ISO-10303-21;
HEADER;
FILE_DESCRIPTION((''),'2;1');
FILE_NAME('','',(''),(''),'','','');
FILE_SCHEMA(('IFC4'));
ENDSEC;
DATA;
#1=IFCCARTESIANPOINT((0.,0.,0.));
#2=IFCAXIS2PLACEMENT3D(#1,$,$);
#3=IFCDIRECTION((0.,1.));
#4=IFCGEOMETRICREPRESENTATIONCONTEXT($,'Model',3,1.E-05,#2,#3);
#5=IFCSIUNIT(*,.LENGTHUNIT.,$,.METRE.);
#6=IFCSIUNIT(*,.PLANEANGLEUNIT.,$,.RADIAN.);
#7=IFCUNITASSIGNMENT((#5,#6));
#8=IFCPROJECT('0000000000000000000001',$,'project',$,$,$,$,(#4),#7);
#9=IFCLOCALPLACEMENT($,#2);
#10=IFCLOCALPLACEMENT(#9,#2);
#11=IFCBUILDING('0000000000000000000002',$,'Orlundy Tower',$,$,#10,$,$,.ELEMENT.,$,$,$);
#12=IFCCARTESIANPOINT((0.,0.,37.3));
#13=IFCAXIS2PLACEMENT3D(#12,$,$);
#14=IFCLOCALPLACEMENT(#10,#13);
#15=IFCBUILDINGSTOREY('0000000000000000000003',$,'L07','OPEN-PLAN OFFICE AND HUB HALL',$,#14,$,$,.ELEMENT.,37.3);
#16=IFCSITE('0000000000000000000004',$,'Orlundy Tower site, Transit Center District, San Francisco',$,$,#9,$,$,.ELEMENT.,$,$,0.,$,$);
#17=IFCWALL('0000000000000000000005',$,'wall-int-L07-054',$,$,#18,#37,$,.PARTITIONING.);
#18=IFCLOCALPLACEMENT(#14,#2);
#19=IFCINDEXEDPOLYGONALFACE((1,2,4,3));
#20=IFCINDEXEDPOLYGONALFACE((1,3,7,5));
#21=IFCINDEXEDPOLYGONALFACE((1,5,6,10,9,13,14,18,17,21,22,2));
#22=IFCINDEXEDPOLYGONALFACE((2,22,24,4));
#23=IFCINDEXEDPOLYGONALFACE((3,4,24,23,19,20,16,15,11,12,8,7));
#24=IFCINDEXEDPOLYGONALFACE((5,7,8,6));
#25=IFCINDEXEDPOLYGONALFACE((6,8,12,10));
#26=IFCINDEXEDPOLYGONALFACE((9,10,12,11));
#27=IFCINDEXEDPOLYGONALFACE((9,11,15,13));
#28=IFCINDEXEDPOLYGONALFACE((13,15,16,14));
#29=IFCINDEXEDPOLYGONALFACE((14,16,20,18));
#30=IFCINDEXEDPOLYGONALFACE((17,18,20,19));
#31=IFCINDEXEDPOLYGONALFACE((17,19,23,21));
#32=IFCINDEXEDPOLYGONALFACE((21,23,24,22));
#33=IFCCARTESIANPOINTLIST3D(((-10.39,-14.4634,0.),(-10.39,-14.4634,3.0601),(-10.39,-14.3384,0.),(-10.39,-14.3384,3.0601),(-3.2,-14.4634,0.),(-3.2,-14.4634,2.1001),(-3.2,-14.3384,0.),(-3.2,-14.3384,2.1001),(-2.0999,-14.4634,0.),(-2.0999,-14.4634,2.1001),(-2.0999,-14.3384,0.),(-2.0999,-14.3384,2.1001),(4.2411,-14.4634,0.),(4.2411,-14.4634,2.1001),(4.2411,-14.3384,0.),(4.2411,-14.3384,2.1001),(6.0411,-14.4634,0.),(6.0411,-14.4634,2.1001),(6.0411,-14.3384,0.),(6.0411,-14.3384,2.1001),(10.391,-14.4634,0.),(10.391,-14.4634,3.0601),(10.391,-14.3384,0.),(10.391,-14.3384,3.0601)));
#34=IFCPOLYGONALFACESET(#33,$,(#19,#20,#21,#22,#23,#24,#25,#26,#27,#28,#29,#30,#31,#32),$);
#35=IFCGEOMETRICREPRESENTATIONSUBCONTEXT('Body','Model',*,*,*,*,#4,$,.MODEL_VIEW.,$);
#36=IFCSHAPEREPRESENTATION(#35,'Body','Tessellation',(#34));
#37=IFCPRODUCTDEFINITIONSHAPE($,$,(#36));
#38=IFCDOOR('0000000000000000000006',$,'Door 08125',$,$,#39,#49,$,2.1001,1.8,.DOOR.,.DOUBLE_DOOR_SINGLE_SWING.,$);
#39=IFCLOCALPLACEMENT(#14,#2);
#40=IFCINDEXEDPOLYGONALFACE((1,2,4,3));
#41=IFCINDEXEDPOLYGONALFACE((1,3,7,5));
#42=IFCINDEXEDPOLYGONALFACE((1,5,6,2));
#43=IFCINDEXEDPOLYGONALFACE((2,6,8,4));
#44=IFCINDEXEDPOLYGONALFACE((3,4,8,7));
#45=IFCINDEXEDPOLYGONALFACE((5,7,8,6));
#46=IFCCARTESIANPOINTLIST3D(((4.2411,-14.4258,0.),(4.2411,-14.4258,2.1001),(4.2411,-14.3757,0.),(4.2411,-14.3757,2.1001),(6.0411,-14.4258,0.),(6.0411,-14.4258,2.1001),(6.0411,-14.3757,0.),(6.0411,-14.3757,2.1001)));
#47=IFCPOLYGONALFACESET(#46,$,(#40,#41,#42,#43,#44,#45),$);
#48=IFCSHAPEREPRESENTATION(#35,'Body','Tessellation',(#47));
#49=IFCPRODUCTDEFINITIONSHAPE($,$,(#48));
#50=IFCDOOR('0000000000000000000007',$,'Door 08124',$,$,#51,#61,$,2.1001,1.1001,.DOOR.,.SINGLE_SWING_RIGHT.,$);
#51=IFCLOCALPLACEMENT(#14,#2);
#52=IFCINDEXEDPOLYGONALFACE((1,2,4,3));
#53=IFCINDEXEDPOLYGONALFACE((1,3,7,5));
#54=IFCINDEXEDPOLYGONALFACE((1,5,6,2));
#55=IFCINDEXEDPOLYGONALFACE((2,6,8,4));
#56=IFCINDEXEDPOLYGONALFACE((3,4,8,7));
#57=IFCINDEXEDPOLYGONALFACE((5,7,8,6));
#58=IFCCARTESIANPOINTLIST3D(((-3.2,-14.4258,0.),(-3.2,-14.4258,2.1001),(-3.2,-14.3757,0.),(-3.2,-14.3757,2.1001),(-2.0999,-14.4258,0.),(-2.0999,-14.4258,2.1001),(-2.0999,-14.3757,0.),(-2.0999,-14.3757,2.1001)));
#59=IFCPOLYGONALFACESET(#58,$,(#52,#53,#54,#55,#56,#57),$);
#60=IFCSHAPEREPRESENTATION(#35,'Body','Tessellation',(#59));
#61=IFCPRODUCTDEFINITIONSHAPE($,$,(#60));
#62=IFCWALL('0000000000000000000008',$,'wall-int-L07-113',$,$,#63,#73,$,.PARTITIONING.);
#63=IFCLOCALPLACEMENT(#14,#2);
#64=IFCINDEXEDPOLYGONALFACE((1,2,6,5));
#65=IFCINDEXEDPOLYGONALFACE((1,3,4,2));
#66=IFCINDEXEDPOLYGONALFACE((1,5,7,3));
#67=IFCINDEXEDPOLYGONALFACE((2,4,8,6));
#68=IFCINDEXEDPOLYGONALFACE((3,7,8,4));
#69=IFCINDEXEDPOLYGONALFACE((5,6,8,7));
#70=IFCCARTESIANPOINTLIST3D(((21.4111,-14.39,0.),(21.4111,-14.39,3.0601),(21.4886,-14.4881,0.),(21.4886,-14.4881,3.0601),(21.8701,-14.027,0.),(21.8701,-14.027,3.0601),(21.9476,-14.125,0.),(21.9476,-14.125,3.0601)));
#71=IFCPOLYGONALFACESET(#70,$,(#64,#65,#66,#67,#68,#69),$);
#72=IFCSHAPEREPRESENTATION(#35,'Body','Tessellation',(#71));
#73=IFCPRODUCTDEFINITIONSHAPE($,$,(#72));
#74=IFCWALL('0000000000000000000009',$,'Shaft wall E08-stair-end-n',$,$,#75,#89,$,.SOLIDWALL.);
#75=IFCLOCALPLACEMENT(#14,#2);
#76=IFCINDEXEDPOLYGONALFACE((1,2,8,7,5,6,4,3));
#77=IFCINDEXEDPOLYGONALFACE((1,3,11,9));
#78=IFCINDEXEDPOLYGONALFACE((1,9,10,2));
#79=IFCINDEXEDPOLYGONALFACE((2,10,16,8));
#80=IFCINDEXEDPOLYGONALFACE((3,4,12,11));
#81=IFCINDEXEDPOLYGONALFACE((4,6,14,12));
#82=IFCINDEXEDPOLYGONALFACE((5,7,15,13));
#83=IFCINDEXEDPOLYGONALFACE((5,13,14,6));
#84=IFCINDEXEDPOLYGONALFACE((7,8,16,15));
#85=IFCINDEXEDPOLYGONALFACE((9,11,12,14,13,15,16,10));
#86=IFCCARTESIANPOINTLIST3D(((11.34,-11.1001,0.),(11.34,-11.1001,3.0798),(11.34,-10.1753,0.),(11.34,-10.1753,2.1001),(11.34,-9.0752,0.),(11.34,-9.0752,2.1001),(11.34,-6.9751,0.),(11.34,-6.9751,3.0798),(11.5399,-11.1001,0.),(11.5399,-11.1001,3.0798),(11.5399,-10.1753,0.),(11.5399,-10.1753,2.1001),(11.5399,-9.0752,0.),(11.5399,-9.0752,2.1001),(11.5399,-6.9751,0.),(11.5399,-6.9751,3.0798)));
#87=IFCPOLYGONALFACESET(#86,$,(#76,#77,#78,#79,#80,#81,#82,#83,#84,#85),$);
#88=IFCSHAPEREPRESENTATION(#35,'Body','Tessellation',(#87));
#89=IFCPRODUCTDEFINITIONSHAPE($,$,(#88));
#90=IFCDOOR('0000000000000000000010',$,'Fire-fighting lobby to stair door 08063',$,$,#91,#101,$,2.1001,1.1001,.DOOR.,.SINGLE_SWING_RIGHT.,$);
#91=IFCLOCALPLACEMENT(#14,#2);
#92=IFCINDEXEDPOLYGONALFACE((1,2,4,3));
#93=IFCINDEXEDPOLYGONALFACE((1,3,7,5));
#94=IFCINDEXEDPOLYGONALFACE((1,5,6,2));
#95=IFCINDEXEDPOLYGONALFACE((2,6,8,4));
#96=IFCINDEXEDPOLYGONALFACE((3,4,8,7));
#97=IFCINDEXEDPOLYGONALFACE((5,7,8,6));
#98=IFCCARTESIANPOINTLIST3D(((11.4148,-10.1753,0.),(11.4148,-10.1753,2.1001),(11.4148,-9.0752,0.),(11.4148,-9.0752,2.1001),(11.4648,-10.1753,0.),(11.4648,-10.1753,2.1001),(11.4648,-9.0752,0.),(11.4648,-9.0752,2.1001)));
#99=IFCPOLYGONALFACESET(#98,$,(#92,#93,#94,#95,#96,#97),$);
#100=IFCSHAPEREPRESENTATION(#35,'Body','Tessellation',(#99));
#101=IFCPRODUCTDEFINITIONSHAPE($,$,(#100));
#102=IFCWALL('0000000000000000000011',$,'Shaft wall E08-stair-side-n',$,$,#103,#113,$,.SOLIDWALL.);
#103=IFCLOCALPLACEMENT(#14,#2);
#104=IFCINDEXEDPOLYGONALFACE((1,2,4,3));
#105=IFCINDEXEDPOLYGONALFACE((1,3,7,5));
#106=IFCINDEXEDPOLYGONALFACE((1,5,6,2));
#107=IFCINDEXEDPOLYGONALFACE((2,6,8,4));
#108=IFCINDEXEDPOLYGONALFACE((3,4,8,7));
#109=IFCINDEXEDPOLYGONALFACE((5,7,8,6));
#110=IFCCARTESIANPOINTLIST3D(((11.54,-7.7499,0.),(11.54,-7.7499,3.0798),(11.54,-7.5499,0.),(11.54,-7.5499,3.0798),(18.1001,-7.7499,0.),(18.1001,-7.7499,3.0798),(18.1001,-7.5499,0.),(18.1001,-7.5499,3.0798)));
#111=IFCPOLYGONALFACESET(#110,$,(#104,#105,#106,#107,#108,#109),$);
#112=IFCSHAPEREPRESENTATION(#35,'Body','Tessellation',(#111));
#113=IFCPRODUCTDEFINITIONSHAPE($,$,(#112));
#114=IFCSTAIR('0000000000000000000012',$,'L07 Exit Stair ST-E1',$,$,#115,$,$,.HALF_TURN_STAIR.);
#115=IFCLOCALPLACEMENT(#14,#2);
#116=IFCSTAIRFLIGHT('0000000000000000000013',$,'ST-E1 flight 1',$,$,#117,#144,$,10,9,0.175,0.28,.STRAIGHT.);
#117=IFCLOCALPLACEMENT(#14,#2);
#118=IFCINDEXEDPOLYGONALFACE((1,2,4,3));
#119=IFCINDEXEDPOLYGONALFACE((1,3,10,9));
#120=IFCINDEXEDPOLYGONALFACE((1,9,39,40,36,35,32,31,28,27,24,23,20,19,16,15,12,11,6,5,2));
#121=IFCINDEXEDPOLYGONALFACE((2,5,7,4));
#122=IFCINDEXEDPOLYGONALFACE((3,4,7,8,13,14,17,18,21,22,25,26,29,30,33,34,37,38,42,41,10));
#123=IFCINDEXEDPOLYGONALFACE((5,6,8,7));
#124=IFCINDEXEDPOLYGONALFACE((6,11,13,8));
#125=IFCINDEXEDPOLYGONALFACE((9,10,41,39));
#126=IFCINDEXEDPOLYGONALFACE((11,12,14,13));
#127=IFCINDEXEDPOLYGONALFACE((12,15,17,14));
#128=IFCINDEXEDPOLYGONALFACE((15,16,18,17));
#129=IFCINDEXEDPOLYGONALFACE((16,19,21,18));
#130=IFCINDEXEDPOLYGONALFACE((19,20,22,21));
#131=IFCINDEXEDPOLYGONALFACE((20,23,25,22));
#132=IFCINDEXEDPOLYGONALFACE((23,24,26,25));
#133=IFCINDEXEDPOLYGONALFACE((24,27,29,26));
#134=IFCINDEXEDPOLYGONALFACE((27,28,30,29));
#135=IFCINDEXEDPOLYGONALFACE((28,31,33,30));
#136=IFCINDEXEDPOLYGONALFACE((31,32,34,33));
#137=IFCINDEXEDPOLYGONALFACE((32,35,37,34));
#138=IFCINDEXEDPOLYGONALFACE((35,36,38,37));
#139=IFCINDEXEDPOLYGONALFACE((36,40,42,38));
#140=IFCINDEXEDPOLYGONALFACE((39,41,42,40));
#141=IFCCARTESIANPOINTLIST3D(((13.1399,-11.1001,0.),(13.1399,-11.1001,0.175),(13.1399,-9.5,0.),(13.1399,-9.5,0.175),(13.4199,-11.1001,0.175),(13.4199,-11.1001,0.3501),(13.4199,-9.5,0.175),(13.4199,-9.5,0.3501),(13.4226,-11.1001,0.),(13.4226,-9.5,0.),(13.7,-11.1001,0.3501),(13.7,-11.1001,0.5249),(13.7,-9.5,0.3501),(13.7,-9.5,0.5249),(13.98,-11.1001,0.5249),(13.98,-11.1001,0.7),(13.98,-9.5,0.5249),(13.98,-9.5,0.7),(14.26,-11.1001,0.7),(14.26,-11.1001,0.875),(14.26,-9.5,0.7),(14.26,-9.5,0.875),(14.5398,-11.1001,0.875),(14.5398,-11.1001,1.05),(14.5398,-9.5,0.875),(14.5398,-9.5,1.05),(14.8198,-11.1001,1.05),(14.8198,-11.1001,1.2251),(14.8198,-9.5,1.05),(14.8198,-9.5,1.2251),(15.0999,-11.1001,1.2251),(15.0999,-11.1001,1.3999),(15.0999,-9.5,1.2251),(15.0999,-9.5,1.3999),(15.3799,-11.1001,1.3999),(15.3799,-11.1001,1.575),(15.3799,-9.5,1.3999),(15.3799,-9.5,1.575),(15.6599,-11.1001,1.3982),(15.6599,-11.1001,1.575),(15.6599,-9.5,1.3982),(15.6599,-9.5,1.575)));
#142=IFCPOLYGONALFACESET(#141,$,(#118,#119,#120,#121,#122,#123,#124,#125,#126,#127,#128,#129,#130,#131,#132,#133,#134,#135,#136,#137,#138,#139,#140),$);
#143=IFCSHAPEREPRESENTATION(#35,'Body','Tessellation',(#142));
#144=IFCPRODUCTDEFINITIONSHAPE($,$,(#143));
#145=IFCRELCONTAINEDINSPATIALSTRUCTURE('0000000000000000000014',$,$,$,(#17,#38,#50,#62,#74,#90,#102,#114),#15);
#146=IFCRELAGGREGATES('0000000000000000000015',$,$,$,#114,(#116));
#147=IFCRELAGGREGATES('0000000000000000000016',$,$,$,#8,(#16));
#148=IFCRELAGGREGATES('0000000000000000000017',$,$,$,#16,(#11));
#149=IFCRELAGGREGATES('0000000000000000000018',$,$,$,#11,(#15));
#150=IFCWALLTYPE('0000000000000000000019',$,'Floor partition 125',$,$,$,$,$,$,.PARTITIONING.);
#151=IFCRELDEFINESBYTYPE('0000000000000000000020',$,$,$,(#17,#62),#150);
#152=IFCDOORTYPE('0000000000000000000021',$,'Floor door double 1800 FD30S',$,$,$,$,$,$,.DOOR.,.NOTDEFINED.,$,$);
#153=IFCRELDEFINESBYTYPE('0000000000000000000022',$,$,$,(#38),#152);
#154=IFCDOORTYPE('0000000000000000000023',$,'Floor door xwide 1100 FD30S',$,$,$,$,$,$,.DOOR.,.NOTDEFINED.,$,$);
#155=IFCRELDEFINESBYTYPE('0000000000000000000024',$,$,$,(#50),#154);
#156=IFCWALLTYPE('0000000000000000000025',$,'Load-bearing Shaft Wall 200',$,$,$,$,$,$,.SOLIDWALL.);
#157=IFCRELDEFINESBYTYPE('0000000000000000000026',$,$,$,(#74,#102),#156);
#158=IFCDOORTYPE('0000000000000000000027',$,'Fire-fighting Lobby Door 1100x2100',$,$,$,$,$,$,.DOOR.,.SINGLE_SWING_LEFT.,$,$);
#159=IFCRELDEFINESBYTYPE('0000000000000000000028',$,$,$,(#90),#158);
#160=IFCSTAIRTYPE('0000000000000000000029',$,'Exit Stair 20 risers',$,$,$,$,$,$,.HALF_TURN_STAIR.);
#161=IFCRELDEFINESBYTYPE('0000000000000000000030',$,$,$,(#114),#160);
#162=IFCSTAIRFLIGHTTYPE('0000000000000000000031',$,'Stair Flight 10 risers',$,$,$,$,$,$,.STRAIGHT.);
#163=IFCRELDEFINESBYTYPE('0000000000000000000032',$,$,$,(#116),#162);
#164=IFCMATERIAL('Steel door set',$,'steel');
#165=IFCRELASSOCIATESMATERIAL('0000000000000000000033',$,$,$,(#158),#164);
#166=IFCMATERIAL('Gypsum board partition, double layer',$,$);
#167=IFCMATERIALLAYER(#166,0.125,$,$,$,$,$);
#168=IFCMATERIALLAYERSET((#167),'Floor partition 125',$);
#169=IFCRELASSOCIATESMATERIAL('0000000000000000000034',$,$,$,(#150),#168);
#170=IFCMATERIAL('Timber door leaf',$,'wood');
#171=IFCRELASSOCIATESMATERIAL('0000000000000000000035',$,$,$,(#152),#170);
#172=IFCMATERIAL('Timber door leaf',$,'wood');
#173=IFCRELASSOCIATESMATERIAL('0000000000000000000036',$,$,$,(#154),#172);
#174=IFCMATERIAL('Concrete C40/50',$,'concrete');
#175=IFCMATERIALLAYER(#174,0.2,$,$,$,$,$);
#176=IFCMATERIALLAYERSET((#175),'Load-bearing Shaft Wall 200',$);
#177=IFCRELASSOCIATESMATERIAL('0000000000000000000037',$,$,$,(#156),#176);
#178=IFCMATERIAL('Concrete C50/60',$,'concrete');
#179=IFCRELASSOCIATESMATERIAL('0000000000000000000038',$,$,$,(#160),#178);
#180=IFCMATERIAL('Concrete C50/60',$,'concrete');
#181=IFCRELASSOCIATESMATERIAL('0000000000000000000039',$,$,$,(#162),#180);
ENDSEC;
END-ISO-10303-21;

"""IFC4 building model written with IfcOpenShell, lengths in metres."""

from ifc_helpers import new_model, si_unit, direction, frame, frame_2d, origin, place, context, subcontext, project, spatial, polyline, rectangle, outline, extrude, material, layer, layer_set, type_object, element, fill, aggregate, save


model = new_model("IFC4")

# Units and contexts
model_context = context("Model", 3, precision=1e-05, world=origin(), true_north=direction((0.0, 1.0)))
body_context = subcontext(model_context, "Body", "Model", "MODEL_VIEW")
ifc_project = project(units=[si_unit("LENGTHUNIT", "METRE"), si_unit("PLANEANGLEUNIT", "RADIAN")], contexts=[model_context])

# Site, building, storey
site_placement = place(None, origin())
site = spatial("IfcSite", under=ifc_project, at=site_placement, Name="Orlundy Tower site, Transit Center District, San Francisco", CompositionType="ELEMENT", RefElevation=0.0)
building_placement = place(site_placement, origin())
building = spatial("IfcBuilding", under=site, at=building_placement, Name="Orlundy Tower", CompositionType="ELEMENT")
storey_placement = place(building_placement, frame((0.0, 0.0, 37.3)))
storey = spatial("IfcBuildingStorey", under=building, at=storey_placement, Name="L07", Description="OPEN-PLAN OFFICE AND HUB HALL", CompositionType="ELEMENT", Elevation=37.3)

# Shared definitions
ifc_material_1 = material(Name="Steel door set", Category="steel")
door_type_1 = type_object("IfcDoorType", Name="Fire-fighting Lobby Door 1100x2100", OperationType="SINGLE_SWING_LEFT", PredefinedType="DOOR", material=ifc_material_1)

# Shared definitions
ifc_material_2 = material(Name="Gypsum board partition, double layer")
ifc_layer_1 = layer(ifc_material_2, 0.125)
ifc_layer_set_1 = layer_set([ifc_layer_1], Name="Floor partition 125")
wall_type_1 = type_object("IfcWallType", Name="Floor partition 125", PredefinedType="PARTITIONING", material=ifc_layer_set_1)

# Wall, openings, doors
wall_1_placement = place(storey_placement, frame((10.3911, -14.4009, 0.0), z_axis=(0.0, 0.0, 1.0), x_axis=(-1.0, 0.0, 0.0)))
wall_1 = element("IfcWall", 1, at=wall_1_placement, inside=storey, type_object=wall_type_1, Name="wall-int-L07-054", PredefinedType="PARTITIONING", context=body_context, shape_type="SweptSolid", body=[
    extrude(rectangle(XDim=20.781, YDim=0.125, at=frame_2d((10.3906, 0.0))), origin(), (0.0, 0.0, 1.0), 3.0601),
])
opening_1_placement = place(wall_1_placement, frame((12.491, 0.0, 0.0)))
opening_1 = element("IfcOpeningElement", 2, at=opening_1_placement, cuts=wall_1, PredefinedType="OPENING", context=body_context, shape_type="SweptSolid", body=[
    extrude(rectangle(XDim=1.1001, YDim=2.1001, at=frame_2d((0.55, 1.05))), frame((0.0, 0.0725, 0.0), z_axis=(0.0, -1.0, 0.0), x_axis=(1.0, 0.0, 0.0)), (0.0, 0.0, 1.0), 0.145),
])
opening_2_placement = place(wall_1_placement, frame((4.3501, 0.0, 0.0)))
opening_2 = element("IfcOpeningElement", 3, at=opening_2_placement, cuts=wall_1, PredefinedType="OPENING", context=body_context, shape_type="SweptSolid", body=[
    extrude(rectangle(XDim=1.8, YDim=2.1001, at=frame_2d((0.8999, 1.05))), frame((0.0, 0.0725, 0.0), z_axis=(0.0, -1.0, 0.0), x_axis=(1.0, 0.0, 0.0)), (0.0, 0.0, 1.0), 0.145),
])
ifc_material_3 = material(Name="Timber door leaf", Category="wood")
door_type_2 = type_object("IfcDoorType", Name="Floor door double 1800 FD30S", OperationType="NOTDEFINED", PredefinedType="DOOR", material=ifc_material_3)
door_1_placement = place(opening_2_placement, origin())
door_1 = element("IfcDoor", 4, at=door_1_placement, inside=storey, type_object=door_type_2, Name="Door 08125", OperationType="DOUBLE_DOOR_SINGLE_SWING", OverallHeight=2.1001, OverallWidth=1.8, PredefinedType="DOOR", context=body_context, shape_type="SweptSolid", body=[
    extrude(rectangle(XDim=1.8, YDim=2.1001, at=frame_2d((0.8999, 1.05))), frame((0.0, 0.0249, 0.0), z_axis=(0.0, -1.0, 0.0), x_axis=(1.0, 0.0, 0.0)), (0.0, 0.0, 1.0), 0.05),
])
fill(opening_2, door_1)
ifc_material_4 = material(Name="Timber door leaf", Category="wood")
door_type_3 = type_object("IfcDoorType", Name="Floor door xwide 1100 FD30S", OperationType="NOTDEFINED", PredefinedType="DOOR", material=ifc_material_4)
door_2_placement = place(opening_1_placement, origin())
door_2 = element("IfcDoor", 5, at=door_2_placement, inside=storey, type_object=door_type_3, Name="Door 08124", OperationType="SINGLE_SWING_RIGHT", OverallHeight=2.1001, OverallWidth=1.1001, PredefinedType="DOOR", context=body_context, shape_type="SweptSolid", body=[
    extrude(rectangle(XDim=1.1001, YDim=2.1001, at=frame_2d((0.55, 1.05))), frame((0.0, 0.0249, 0.0), z_axis=(0.0, -1.0, 0.0), x_axis=(1.0, 0.0, 0.0)), (0.0, 0.0, 1.0), 0.05),
])
fill(opening_1, door_2)

# Wall
wall_2_placement = place(storey_placement, frame((21.45, -14.439, 0.0), z_axis=(0.0, 0.0, 1.0), x_axis=(0.784316, 0.620361, 0.0)))
element("IfcWall", 6, at=wall_2_placement, inside=storey, type_object=wall_type_1, Name="wall-int-L07-113", PredefinedType="PARTITIONING", context=body_context, shape_type="SweptSolid", body=[
    extrude(rectangle(XDim=0.5852, YDim=0.125, at=frame_2d((0.2925, 0.0))), origin(), (0.0, 0.0, 1.0), 3.0601),
])

# Wall, opening, door
ifc_material_5 = material(Name="Concrete C40/50", Category="concrete")
ifc_layer_2 = layer(ifc_material_5, 0.2)
ifc_layer_set_2 = layer_set([ifc_layer_2], Name="Load-bearing Shaft Wall 200")
wall_type_2 = type_object("IfcWallType", Name="Load-bearing Shaft Wall 200", PredefinedType="SOLIDWALL", material=ifc_layer_set_2)
wall_3_placement = place(storey_placement, frame((11.4399, -6.9751, 0.0), z_axis=(0.0, 0.0, 1.0), x_axis=(0.0, -1.0, 0.0)))
wall_3 = element("IfcWall", 7, at=wall_3_placement, inside=storey, type_object=wall_type_2, Name="Shaft wall E08-stair-end-n", PredefinedType="SOLIDWALL", context=body_context, shape_type="SweptSolid", body=[
    extrude(rectangle(XDim=4.125, YDim=0.2, at=frame_2d((2.0625, 0.0))), origin(), (0.0, 0.0, 1.0), 3.0798),
])
opening_3_placement = place(wall_3_placement, frame((2.1001, 0.0, 0.0)))
opening_3 = element("IfcOpeningElement", 8, at=opening_3_placement, cuts=wall_3, PredefinedType="OPENING", context=body_context, shape_type="SweptSolid", body=[
    extrude(rectangle(XDim=1.1001, YDim=2.1001, at=frame_2d((0.55, 1.05))), frame((0.0, 0.1101, 0.0), z_axis=(0.0, -1.0, 0.0), x_axis=(1.0, 0.0, 0.0)), (0.0, 0.0, 1.0), 0.2202),
])
door_3_placement = place(opening_3_placement, origin())
door_3 = element("IfcDoor", 9, at=door_3_placement, inside=storey, type_object=door_type_1, Name="Fire-fighting lobby to stair door 08063", OperationType="SINGLE_SWING_RIGHT", OverallHeight=2.1001, OverallWidth=1.1001, PredefinedType="DOOR", context=body_context, shape_type="SweptSolid", body=[
    extrude(rectangle(XDim=1.1001, YDim=2.1001, at=frame_2d((0.55, 1.05))), frame((0.0, 0.0249, 0.0), z_axis=(0.0, -1.0, 0.0), x_axis=(1.0, 0.0, 0.0)), (0.0, 0.0, 1.0), 0.05),
])
fill(opening_3, door_3)

# Wall
wall_4_placement = place(storey_placement, frame((11.54, -7.6499, 0.0), z_axis=(0.0, 0.0, 1.0), x_axis=(1.0, 0.0, 0.0)))
element("IfcWall", 10, at=wall_4_placement, inside=storey, type_object=wall_type_2, Name="Shaft wall E08-stair-side-n", PredefinedType="SOLIDWALL", context=body_context, shape_type="SweptSolid", body=[
    extrude(rectangle(XDim=6.5601, YDim=0.2, at=frame_2d((3.28, 0.0))), origin(), (0.0, 0.0, 1.0), 3.0798),
])

# Stair, stair flight
ifc_material_6 = material(Name="Concrete C50/60", Category="concrete")
stair_type = type_object("IfcStairType", Name="Exit Stair 20 risers", PredefinedType="HALF_TURN_STAIR", material=ifc_material_6)
stair_placement = place(storey_placement, origin())
stair = element("IfcStair", 11, at=stair_placement, inside=storey, type_object=stair_type, Name="L07 Exit Stair ST-E1", PredefinedType="HALF_TURN_STAIR")
ifc_material_7 = material(Name="Concrete C50/60", Category="concrete")
stair_flight_type = type_object("IfcStairFlightType", Name="Stair Flight 10 risers", PredefinedType="STRAIGHT", material=ifc_material_7)
stair_flight_1_placement = place(storey_placement, frame((13.1399, -10.3, 0.0), z_axis=(0.0, 0.0, 1.0), x_axis=(1.0, 0.0, 0.0)))
stair_flight_1 = element("IfcStairFlight", 12, at=stair_flight_1_placement, type_object=stair_flight_type, Name="ST-E1 flight 1", NumberOfRisers=10, NumberOfTreads=9, PredefinedType="STRAIGHT", RiserHeight=0.175, TreadLength=0.28, context=body_context, shape_type="SweptSolid", body=[
    extrude(outline(polyline([(0.0, 0.0), (0.0, 0.175), (0.28, 0.175), (0.28, 0.3501), (0.5601, 0.3501), (0.5601, 0.5249), (0.8401, 0.5249), (0.8401, 0.7), (1.1201, 0.7), (1.1201, 0.875), (1.3999, 0.875), (1.3999, 1.05), (1.6799, 1.05), (1.6799, 1.2251), (1.96, 1.2251), (1.96, 1.3999), (2.24, 1.3999), (2.24, 1.575), (2.52, 1.575), (2.52, 1.75), (2.52, 1.3982), (0.2827, 0.0), (0.0, 0.0)])), frame((0.0, 0.8, 0.0), z_axis=(0.0, -1.0, 0.0), x_axis=(1.0, 0.0, 0.0)), (0.0, 0.0, 1.0), 1.6001),
])
aggregate(stair, [stair_flight_1])

save(model, "model.ifc")
